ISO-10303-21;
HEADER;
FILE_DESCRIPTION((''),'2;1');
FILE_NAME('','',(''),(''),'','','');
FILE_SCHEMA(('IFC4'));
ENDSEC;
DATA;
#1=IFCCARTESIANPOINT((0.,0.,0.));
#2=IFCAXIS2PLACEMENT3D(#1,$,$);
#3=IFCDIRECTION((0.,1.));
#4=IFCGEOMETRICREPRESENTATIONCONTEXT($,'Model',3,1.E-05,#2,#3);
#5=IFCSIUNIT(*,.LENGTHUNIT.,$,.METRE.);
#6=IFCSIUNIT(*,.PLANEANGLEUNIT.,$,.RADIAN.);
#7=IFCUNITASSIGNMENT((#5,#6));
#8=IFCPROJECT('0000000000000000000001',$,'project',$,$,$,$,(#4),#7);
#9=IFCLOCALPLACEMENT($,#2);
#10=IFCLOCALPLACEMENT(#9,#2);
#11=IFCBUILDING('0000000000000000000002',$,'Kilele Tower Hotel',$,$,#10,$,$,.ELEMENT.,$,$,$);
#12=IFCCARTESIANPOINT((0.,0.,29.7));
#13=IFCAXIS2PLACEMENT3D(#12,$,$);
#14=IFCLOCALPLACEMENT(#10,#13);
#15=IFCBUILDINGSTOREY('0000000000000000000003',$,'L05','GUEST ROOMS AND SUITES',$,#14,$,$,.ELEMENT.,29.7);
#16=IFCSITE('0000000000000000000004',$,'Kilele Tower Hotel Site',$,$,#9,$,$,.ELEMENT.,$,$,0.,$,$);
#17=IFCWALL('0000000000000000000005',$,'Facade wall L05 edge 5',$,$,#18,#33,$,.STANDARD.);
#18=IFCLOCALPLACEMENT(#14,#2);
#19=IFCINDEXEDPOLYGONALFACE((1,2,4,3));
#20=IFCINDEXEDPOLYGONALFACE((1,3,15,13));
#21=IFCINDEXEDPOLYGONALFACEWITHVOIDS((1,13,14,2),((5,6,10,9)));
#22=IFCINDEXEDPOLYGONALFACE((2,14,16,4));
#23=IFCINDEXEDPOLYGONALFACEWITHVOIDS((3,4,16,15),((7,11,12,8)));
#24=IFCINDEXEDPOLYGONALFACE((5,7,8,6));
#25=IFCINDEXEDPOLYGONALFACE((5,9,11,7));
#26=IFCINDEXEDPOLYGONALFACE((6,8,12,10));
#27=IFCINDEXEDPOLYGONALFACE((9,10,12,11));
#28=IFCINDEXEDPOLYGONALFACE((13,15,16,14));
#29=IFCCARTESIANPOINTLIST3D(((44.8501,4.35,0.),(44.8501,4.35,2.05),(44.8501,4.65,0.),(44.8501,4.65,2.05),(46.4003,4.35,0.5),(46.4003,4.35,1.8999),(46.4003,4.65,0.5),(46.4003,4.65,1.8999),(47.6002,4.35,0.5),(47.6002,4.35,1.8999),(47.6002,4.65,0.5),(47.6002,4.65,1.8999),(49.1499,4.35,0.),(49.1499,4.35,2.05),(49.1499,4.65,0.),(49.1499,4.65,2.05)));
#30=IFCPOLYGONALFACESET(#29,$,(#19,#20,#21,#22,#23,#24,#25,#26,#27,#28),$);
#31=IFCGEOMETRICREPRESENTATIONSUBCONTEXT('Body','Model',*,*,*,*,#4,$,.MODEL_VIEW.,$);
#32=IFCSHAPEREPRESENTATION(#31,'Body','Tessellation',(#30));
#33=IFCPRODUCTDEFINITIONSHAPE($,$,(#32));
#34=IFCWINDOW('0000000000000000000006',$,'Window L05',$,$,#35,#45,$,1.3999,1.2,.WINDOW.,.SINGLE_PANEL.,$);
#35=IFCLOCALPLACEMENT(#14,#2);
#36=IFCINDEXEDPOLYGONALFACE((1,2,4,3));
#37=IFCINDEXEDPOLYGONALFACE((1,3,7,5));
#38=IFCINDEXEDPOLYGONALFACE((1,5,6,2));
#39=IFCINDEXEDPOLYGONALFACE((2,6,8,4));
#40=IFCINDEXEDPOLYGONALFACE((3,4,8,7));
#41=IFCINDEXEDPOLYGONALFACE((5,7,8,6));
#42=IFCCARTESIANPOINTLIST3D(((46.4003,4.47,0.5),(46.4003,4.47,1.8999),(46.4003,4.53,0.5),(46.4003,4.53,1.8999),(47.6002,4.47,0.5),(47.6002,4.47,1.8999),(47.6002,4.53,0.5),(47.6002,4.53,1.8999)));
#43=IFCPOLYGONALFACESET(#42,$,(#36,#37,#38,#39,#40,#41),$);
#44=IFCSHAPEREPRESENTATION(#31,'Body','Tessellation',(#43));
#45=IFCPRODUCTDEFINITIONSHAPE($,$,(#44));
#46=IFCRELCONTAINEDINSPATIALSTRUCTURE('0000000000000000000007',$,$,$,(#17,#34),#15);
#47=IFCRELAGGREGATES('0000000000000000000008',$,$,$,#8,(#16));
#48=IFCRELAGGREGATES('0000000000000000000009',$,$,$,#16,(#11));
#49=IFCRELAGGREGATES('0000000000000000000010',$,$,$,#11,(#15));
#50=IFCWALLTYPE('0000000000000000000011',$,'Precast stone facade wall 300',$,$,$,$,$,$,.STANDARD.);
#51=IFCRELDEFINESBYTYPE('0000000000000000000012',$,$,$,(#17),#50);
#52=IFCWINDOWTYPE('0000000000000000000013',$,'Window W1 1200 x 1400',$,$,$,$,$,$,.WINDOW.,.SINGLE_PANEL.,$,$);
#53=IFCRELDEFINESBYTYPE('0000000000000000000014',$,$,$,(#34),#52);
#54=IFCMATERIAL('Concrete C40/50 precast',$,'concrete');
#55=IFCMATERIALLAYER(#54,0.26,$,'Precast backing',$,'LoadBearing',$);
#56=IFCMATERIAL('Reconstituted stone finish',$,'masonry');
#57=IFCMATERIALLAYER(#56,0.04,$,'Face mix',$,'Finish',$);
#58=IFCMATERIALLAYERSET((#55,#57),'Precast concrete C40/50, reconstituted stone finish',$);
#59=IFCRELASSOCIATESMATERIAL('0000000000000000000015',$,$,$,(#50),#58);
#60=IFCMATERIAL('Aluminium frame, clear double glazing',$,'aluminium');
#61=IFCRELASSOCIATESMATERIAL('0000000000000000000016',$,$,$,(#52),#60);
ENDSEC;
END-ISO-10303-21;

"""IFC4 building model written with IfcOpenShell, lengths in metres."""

from ifc_helpers import new_model, si_unit, direction, frame, frame_2d, origin, place, context, subcontext, project, spatial, rectangle, extrude, material, layer, layer_set, type_object, element, fill, save


model = new_model("IFC4")

# Units and contexts
model_context = context("Model", 3, precision=1e-05, world=origin(), true_north=direction((0.0, 1.0)))
body_context = subcontext(model_context, "Body", "Model", "MODEL_VIEW")
ifc_project = project(units=[si_unit("LENGTHUNIT", "METRE"), si_unit("PLANEANGLEUNIT", "RADIAN")], contexts=[model_context])

# Site, building, storey
site_placement = place(None, origin())
site = spatial("IfcSite", under=ifc_project, at=site_placement, Name="Kilele Tower Hotel Site", CompositionType="ELEMENT", RefElevation=0.0)
building_placement = place(site_placement, origin())
building = spatial("IfcBuilding", under=site, at=building_placement, Name="Kilele Tower Hotel", CompositionType="ELEMENT")
storey_placement = place(building_placement, frame((0.0, 0.0, 29.7)))
storey = spatial("IfcBuildingStorey", under=building, at=storey_placement, Name="L05", Description="GUEST ROOMS AND SUITES", CompositionType="ELEMENT", Elevation=29.7)

# Wall, opening, window
ifc_material_1 = material(Name="Concrete C40/50 precast", Category="concrete")
ifc_layer_1 = layer(ifc_material_1, 0.26, Name="Precast backing", Category="LoadBearing")
ifc_material_2 = material(Name="Reconstituted stone finish", Category="masonry")
ifc_layer_2 = layer(ifc_material_2, 0.04, Name="Face mix", Category="Finish")
ifc_layer_set_1 = layer_set([ifc_layer_1, ifc_layer_2], Name="Precast concrete C40/50, reconstituted stone finish")
wall_type_1 = type_object("IfcWallType", Name="Precast stone facade wall 300", PredefinedType="STANDARD", material=ifc_layer_set_1)
wall_1_placement = place(storey_placement, frame((44.8501, 4.5, 0.0), z_axis=(0.0, 0.0, 1.0), x_axis=(1.0, 0.0, 0.0)))
wall_1 = element("IfcWall", 1, at=wall_1_placement, inside=storey, type_object=wall_type_1, Name="Facade wall L05 edge 5", PredefinedType="STANDARD", context=body_context, shape_type="SweptSolid", body=[
    extrude(rectangle(XDim=4.2998, YDim=0.3, at=frame_2d((2.1499, 0.0))), origin(), (0.0, 0.0, 1.0), 2.05),
])
opening_1_placement = place(wall_1_placement, frame((1.55, 0.0, 0.5)))
opening_1 = element("IfcOpeningElement", 2, at=opening_1_placement, cuts=wall_1, PredefinedType="OPENING", context=body_context, shape_type="SweptSolid", body=[
    extrude(rectangle(XDim=1.2, YDim=1.3999, at=frame_2d((0.6001, 0.7))), frame((0.0, 0.1599, 0.0), z_axis=(0.0, -1.0, 0.0), x_axis=(1.0, 0.0, 0.0)), (0.0, 0.0, 1.0), 0.3201),
])
ifc_material_3 = material(Name="Aluminium frame, clear double glazing", Category="aluminium")
window_type_1 = type_object("IfcWindowType", Name="Window W1 1200 x 1400", PartitioningType="SINGLE_PANEL", PredefinedType="WINDOW", material=ifc_material_3)
window_1_placement = place(opening_1_placement, origin())
window_1 = element("IfcWindow", 3, at=window_1_placement, inside=storey, type_object=window_type_1, Name="Window L05", OverallHeight=1.3999, OverallWidth=1.2, PartitioningType="SINGLE_PANEL", PredefinedType="WINDOW", context=body_context, shape_type="SweptSolid", body=[
    extrude(rectangle(XDim=1.2, YDim=1.3999, at=frame_2d((0.6001, 0.7))), frame((0.0, 0.03, 0.0), z_axis=(0.0, -1.0, 0.0), x_axis=(1.0, 0.0, 0.0)), (0.0, 0.0, 1.0), 0.0601),
])
fill(opening_1, window_1)

save(model, "model.ifc")
